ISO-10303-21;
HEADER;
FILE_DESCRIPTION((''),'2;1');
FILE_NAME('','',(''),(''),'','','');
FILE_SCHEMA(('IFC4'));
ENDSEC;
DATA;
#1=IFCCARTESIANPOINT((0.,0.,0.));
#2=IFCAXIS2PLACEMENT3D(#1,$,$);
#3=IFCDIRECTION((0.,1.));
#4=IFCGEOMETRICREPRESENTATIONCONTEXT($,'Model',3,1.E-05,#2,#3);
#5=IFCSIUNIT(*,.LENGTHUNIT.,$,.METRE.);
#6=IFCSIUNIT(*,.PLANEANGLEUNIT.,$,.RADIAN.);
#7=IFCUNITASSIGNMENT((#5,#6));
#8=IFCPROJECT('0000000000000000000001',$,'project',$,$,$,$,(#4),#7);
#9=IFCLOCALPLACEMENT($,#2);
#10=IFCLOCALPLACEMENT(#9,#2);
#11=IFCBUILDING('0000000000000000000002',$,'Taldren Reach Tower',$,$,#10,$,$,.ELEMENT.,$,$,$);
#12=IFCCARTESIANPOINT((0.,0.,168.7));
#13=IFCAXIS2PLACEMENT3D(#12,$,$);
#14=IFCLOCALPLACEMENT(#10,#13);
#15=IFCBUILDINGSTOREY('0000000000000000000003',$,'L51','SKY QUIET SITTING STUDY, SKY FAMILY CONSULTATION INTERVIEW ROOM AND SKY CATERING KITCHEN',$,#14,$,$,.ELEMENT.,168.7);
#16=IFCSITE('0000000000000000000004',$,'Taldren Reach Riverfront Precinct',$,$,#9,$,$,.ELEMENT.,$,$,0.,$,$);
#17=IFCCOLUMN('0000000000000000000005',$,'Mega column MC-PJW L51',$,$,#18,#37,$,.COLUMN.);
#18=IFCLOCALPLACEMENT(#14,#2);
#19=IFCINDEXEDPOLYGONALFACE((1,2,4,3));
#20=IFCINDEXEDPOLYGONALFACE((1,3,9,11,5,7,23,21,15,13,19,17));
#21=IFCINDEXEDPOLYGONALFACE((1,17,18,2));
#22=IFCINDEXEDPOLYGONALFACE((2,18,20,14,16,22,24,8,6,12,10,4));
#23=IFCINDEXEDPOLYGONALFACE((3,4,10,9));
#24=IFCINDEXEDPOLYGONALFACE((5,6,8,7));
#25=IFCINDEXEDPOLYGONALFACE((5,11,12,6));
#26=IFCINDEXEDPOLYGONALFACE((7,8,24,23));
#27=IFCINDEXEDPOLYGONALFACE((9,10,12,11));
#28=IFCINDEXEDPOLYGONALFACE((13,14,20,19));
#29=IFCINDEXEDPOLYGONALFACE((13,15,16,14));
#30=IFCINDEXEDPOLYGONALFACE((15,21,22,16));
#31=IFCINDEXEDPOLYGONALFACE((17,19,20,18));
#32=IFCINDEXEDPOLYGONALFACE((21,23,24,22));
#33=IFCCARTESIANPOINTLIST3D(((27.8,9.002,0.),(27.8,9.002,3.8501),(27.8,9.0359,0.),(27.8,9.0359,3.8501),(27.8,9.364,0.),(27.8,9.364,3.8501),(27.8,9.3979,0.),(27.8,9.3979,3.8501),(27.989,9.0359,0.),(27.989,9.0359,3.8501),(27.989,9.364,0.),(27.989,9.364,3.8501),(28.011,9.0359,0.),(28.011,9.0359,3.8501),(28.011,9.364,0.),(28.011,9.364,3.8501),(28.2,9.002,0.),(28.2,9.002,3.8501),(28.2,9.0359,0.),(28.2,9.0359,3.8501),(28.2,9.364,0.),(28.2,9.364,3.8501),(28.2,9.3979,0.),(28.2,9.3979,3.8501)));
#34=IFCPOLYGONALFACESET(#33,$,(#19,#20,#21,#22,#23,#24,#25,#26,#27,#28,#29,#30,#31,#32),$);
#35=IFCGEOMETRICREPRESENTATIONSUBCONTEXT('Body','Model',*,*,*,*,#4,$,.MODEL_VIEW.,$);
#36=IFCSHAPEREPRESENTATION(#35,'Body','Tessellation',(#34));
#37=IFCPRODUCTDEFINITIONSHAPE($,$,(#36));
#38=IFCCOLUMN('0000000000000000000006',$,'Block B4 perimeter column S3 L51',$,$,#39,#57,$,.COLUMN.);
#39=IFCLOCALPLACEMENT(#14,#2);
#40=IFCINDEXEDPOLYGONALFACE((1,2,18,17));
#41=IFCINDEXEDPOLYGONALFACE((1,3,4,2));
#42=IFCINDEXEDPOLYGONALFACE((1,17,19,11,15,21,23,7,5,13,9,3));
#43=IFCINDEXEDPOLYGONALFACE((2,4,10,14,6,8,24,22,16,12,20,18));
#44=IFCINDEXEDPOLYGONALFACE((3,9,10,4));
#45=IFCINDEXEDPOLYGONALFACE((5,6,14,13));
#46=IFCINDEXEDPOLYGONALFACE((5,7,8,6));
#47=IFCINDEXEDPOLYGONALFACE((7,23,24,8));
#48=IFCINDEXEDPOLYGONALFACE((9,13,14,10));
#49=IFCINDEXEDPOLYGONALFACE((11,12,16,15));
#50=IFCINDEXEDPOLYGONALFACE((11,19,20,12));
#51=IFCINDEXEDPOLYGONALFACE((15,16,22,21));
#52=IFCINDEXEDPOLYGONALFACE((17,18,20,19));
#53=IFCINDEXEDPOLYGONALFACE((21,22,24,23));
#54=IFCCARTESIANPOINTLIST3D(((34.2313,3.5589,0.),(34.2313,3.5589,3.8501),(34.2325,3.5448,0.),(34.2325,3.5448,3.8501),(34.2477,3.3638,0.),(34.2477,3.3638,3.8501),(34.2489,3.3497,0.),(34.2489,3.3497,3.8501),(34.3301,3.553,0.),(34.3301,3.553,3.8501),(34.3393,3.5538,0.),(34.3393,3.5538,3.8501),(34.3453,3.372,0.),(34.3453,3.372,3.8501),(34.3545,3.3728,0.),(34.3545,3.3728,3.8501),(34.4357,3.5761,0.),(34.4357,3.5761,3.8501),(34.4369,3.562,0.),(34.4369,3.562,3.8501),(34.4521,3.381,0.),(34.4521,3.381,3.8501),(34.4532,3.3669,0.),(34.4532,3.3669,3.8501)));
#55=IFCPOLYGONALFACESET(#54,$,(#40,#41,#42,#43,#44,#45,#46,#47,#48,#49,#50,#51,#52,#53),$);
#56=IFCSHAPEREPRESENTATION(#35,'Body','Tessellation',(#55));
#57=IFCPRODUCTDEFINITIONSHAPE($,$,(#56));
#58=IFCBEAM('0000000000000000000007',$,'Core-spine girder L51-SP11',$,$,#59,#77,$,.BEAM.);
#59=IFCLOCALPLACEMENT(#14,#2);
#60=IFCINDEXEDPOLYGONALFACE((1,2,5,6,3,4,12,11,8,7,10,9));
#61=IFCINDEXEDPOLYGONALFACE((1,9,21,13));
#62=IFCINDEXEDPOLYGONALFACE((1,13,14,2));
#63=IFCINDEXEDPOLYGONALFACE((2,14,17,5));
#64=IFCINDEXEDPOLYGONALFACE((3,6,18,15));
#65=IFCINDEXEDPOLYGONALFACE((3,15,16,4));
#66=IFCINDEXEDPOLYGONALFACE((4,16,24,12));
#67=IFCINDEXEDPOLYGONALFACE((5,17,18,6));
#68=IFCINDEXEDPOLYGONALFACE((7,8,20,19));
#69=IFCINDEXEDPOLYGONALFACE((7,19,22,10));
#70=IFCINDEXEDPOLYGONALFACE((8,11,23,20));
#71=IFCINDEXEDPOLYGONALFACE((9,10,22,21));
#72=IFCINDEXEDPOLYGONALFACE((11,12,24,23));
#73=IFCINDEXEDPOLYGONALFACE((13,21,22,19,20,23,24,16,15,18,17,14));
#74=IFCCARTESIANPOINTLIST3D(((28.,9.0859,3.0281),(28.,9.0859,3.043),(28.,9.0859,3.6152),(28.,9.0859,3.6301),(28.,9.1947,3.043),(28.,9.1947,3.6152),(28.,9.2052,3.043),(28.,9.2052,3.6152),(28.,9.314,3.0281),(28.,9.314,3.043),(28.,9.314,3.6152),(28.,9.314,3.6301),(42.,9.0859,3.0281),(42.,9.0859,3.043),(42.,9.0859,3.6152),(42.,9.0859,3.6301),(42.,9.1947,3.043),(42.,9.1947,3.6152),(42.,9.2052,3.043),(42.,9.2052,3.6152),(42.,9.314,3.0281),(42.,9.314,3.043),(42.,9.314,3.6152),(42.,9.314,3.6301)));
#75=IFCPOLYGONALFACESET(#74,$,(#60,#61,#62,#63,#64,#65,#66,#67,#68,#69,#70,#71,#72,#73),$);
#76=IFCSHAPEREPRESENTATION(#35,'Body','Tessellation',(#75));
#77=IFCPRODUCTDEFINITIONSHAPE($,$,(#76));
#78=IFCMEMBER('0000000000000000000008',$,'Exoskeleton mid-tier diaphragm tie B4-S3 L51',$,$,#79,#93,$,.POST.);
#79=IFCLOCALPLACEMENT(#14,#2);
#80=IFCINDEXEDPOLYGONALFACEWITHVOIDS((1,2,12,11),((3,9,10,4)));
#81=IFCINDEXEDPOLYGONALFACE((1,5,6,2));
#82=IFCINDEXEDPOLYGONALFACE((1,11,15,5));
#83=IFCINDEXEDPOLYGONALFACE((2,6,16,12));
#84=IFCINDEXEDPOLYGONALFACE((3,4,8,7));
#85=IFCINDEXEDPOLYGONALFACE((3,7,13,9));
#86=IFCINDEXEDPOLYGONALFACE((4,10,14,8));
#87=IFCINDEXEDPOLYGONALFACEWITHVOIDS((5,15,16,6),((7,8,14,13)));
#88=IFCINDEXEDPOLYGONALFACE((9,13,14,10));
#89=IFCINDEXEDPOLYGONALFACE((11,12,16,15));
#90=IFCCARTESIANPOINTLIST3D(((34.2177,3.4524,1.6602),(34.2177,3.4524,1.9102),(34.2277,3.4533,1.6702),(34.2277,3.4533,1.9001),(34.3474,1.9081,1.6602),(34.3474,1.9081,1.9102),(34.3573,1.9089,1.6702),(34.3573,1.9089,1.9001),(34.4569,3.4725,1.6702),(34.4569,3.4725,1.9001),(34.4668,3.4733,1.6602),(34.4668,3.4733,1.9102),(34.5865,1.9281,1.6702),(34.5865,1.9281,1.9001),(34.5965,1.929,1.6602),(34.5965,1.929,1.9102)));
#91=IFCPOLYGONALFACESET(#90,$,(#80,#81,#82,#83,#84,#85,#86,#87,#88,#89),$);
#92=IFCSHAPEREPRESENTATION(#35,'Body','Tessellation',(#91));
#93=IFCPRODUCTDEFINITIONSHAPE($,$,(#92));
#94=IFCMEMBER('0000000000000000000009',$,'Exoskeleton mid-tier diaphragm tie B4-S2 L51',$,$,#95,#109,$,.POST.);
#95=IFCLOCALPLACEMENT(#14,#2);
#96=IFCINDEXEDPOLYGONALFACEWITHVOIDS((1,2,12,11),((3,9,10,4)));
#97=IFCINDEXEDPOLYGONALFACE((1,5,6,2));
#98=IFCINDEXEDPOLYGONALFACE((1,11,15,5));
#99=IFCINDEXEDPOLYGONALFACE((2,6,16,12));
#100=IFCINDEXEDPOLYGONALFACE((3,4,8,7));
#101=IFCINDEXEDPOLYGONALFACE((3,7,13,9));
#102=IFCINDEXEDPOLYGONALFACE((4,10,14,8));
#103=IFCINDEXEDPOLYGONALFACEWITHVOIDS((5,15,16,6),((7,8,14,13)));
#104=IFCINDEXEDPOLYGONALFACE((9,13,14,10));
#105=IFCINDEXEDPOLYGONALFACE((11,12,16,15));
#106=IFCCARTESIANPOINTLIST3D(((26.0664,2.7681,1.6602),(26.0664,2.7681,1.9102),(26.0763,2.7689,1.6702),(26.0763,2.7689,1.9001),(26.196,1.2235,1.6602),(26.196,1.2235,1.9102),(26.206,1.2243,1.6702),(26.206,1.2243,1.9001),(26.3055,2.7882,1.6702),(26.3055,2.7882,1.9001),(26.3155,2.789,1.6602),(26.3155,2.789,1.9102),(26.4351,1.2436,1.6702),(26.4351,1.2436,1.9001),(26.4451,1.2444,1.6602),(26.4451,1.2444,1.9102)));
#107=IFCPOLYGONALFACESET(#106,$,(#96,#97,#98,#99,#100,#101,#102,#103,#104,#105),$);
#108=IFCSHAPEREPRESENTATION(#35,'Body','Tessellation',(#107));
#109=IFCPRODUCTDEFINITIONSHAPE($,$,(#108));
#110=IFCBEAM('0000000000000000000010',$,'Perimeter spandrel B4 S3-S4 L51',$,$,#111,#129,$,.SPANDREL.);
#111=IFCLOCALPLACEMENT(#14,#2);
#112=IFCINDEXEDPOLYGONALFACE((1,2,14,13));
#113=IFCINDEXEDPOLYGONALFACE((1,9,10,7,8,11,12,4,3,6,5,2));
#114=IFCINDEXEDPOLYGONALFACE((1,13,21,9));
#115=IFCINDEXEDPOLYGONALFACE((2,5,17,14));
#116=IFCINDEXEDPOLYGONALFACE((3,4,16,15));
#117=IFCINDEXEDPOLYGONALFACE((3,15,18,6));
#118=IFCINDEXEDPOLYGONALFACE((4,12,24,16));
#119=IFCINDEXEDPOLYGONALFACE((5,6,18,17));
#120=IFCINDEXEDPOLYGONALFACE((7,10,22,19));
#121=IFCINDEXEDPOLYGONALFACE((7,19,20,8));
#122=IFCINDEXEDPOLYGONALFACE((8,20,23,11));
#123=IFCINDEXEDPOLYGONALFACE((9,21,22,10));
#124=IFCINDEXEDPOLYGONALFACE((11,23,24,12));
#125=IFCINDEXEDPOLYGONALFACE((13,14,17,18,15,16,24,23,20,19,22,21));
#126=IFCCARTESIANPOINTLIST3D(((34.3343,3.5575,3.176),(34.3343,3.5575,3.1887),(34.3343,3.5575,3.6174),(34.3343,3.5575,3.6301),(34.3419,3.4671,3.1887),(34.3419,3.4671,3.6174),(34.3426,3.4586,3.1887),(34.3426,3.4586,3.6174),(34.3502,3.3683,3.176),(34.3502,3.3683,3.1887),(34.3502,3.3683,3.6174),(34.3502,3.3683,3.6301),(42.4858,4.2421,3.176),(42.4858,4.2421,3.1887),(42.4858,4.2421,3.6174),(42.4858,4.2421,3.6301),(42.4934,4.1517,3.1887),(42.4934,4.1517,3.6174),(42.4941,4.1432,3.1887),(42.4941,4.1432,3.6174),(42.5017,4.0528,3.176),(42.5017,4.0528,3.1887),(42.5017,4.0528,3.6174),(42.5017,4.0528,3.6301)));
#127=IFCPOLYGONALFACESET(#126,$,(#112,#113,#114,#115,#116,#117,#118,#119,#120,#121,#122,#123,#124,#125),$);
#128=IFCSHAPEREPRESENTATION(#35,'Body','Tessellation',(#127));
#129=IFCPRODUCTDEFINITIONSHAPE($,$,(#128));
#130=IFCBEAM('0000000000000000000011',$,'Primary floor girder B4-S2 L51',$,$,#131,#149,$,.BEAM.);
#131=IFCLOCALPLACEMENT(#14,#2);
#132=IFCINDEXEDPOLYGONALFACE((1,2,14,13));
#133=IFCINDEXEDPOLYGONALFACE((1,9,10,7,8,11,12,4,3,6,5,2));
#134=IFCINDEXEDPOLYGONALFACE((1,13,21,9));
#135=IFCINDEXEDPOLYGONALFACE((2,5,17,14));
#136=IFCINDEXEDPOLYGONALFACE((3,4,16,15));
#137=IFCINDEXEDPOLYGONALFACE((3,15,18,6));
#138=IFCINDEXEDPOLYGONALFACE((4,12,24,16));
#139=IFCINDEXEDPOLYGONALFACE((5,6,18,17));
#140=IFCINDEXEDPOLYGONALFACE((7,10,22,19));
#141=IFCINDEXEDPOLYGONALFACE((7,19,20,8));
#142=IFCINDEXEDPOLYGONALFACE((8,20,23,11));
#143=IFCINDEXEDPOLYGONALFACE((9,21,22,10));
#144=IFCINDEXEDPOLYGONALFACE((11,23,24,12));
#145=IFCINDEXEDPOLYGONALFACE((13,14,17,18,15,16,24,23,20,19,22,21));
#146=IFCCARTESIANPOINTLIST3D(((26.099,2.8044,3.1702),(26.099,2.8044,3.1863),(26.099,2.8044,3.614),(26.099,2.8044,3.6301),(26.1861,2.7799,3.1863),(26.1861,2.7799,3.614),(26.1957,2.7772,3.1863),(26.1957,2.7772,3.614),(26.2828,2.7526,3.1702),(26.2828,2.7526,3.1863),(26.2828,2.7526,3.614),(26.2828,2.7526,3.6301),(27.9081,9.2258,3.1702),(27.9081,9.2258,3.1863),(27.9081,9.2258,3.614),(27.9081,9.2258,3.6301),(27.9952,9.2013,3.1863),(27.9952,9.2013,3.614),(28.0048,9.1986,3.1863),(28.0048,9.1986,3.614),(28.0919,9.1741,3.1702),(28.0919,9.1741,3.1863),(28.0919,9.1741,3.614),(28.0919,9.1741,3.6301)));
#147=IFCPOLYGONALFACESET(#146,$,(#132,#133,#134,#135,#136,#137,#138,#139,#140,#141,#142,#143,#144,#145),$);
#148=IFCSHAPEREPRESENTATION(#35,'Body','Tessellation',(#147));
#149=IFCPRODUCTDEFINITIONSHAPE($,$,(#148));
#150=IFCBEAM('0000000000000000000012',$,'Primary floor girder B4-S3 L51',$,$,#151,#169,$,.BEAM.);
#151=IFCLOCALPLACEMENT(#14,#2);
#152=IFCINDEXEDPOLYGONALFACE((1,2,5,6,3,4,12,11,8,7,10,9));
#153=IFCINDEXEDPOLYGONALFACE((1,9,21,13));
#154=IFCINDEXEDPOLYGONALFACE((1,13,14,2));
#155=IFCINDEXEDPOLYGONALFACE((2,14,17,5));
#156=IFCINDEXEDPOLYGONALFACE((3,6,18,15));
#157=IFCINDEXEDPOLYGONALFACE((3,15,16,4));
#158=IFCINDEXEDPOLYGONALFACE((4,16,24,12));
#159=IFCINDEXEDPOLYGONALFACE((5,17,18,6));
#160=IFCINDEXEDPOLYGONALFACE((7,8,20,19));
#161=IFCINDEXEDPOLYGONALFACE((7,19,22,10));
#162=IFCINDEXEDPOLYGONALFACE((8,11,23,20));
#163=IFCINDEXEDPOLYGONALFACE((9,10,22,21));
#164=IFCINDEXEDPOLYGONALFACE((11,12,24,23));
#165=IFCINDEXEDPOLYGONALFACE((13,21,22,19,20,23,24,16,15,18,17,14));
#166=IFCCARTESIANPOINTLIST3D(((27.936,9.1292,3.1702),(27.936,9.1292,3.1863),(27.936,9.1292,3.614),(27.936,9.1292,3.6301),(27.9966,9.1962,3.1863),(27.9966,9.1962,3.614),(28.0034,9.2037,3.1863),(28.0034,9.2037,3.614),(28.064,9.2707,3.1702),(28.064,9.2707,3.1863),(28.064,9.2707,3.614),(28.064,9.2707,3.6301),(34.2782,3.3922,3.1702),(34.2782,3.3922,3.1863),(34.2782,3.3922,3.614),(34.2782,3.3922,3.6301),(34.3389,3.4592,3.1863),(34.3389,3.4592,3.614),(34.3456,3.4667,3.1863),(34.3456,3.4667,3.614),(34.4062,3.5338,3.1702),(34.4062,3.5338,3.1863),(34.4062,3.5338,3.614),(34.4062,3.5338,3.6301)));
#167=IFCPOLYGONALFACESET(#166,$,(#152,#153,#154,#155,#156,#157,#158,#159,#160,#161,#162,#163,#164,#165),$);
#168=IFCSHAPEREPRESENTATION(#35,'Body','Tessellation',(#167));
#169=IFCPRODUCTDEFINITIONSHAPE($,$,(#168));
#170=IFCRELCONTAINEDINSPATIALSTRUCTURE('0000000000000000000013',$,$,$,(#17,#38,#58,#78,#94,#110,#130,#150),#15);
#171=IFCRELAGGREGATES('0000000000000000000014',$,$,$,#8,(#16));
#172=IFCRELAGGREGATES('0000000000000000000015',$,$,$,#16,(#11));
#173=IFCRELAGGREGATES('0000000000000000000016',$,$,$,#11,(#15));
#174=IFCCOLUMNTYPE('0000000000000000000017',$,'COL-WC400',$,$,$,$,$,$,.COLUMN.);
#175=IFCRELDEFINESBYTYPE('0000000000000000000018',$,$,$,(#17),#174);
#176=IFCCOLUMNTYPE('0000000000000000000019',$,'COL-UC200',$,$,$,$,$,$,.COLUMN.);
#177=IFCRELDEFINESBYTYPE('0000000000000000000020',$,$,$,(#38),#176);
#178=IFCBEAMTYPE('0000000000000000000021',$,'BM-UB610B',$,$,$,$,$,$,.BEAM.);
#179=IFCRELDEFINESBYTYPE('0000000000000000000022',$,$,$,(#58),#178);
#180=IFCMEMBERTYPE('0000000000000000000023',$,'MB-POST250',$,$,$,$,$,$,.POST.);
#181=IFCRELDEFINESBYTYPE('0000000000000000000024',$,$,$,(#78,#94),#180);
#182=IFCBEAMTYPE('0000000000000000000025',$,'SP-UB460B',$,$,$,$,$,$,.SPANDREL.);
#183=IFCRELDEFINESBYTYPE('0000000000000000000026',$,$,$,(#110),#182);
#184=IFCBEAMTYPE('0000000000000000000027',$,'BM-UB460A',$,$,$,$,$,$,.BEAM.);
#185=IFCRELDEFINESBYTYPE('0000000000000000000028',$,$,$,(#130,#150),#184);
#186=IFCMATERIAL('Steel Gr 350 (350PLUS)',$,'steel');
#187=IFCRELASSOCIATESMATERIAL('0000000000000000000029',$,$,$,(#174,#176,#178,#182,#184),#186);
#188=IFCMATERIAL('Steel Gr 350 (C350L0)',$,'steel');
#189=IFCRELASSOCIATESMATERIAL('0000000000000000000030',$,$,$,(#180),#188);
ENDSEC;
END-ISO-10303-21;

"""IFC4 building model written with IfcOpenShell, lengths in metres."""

from ifc_helpers import new_model, si_unit, direction, frame, origin, origin_2d, place, context, subcontext, project, spatial, hollow_rectangle, i_section, extrude, source, transform, mapped, material, material_profile, profile_set, type_object, element, save


model = new_model("IFC4")

# Units and contexts
model_context = context("Model", 3, precision=1e-05, world=origin(), true_north=direction((0.0, 1.0)))
body_context = subcontext(model_context, "Body", "Model", "MODEL_VIEW")
ifc_project = project(units=[si_unit("LENGTHUNIT", "METRE"), si_unit("PLANEANGLEUNIT", "RADIAN")], contexts=[model_context])

# Site, building, storey
site_placement = place(None, origin())
site = spatial("IfcSite", under=ifc_project, at=site_placement, Name="Taldren Reach Riverfront Precinct", CompositionType="ELEMENT", RefElevation=0.0)
building_placement = place(site_placement, origin())
building = spatial("IfcBuilding", under=site, at=building_placement, Name="Taldren Reach Tower", CompositionType="ELEMENT")
storey_placement = place(building_placement, frame((0.0, 0.0, 168.7)))
storey = spatial("IfcBuildingStorey", under=building, at=storey_placement, Name="L51", Description="SKY QUIET SITTING STUDY, SKY FAMILY CONSULTATION INTERVIEW ROOM AND SKY CATERING KITCHEN", CompositionType="ELEMENT", Elevation=168.7)

# Columns
ifc_material_1 = material(Name="Steel Gr 350 (350PLUS)", Category="steel")
ifc_material_profile_1 = material_profile(ifc_material_1, i_section(OverallWidth=0.3999, OverallDepth=0.396, WebThickness=0.022, FlangeThickness=0.0339, at=origin_2d()), Name="400WC270")
ifc_profile_set_1 = profile_set([ifc_material_profile_1], Name="Steel Gr 350 (350PLUS)")
column_type_1 = type_object("IfcColumnType", Name="COL-WC400", PredefinedType="COLUMN", material=ifc_profile_set_1)
shared_shape_1 = source(origin(), body_context, "Body", "SweptSolid", [
    extrude(i_section(OverallWidth=0.3999, OverallDepth=0.396, WebThickness=0.022, FlangeThickness=0.0339, at=origin_2d()), origin(), (0.0, 0.0, 1.0), 3.8501),
])
column_1_placement = place(storey_placement, frame((28.0, 9.2, 0.0), z_axis=(0.0, 0.0, 1.0), x_axis=(1.0, 0.0, 0.0)))
element("IfcColumn", 1, at=column_1_placement, inside=storey, type_object=column_type_1, Name="Mega column MC-PJW L51", PredefinedType="COLUMN", context=body_context, shape_type="MappedRepresentation", body=[
    mapped(shared_shape_1, transform((0.0, 0.0, 0.0), scale=1.0)),
])
ifc_material_profile_2 = material_profile(ifc_material_1, i_section(OverallWidth=0.2051, OverallDepth=0.21, WebThickness=0.0093, FlangeThickness=0.0142, at=origin_2d()), Name="200UC59.5")
ifc_profile_set_2 = profile_set([ifc_material_profile_2], Name="Steel Gr 350 (350PLUS)")
column_type_2 = type_object("IfcColumnType", Name="COL-UC200", PredefinedType="COLUMN", material=ifc_profile_set_2)
shared_shape_2 = source(origin(), body_context, "Body", "SweptSolid", [
    extrude(i_section(OverallWidth=0.2051, OverallDepth=0.21, WebThickness=0.0093, FlangeThickness=0.0142, at=origin_2d()), origin(), (0.0, 0.0, 1.0), 3.8501),
])
column_2_placement = place(storey_placement, frame((34.3423, 3.4629, 0.0), z_axis=(0.0, 0.0, 1.0), x_axis=(0.996493, 0.083678, 0.0)))
element("IfcColumn", 2, at=column_2_placement, inside=storey, type_object=column_type_2, Name="Block B4 perimeter column S3 L51", PredefinedType="COLUMN", context=body_context, shape_type="MappedRepresentation", body=[
    mapped(shared_shape_2, transform((0.0, 0.0, 0.0), scale=1.0)),
])

# Beam
ifc_material_profile_3 = material_profile(ifc_material_1, i_section(OverallWidth=0.228, OverallDepth=0.6021, WebThickness=0.0105, FlangeThickness=0.0149, at=origin_2d()), Name="610UB101")
ifc_profile_set_3 = profile_set([ifc_material_profile_3], Name="Steel Gr 350 (350PLUS)")
beam_type_1 = type_object("IfcBeamType", Name="BM-UB610B", PredefinedType="BEAM", material=ifc_profile_set_3)
shared_shape_3 = source(origin(), body_context, "Body", "SweptSolid", [
    extrude(i_section(OverallWidth=0.228, OverallDepth=0.6021, WebThickness=0.0105, FlangeThickness=0.0149, at=origin_2d()), origin(), (0.0, 0.0, 1.0), 14.0),
])
beam_1_placement = place(storey_placement, frame((28.0, 9.2, 3.3291), z_axis=(1.0, 0.0, 0.0), x_axis=(0.0, 1.0, 0.0)))
element("IfcBeam", 3, at=beam_1_placement, inside=storey, type_object=beam_type_1, Name="Core-spine girder L51-SP11", PredefinedType="BEAM", context=body_context, shape_type="MappedRepresentation", body=[
    mapped(shared_shape_3, transform((0.0, 0.0, 0.0), scale=1.0)),
])

# Members
ifc_material_2 = material(Name="Steel Gr 350 (C350L0)", Category="steel")
ifc_material_profile_4 = material_profile(ifc_material_2, hollow_rectangle(XDim=0.25, YDim=0.25, WallThickness=0.01, at=origin_2d()), Name="250x250x10.0SHS")
ifc_profile_set_4 = profile_set([ifc_material_profile_4], Name="Steel Gr 350 (C350L0)")
member_type_1 = type_object("IfcMemberType", Name="MB-POST250", PredefinedType="POST", material=ifc_profile_set_4)
shared_shape_4 = source(origin(), body_context, "Body", "SweptSolid", [
    extrude(hollow_rectangle(XDim=0.25, YDim=0.25, WallThickness=0.01, at=origin_2d()), origin(), (0.0, 0.0, 1.0), 1.5498),
])
member_1_placement = place(storey_placement, frame((34.3423, 3.4629, 1.7852), z_axis=(0.083645, -0.996496, 0.0), x_axis=(0.996496, 0.083645, 0.0)))
element("IfcMember", 4, at=member_1_placement, inside=storey, type_object=member_type_1, Name="Exoskeleton mid-tier diaphragm tie B4-S3 L51", PredefinedType="POST", context=body_context, shape_type="MappedRepresentation", body=[
    mapped(shared_shape_4, transform((0.0, 0.0, 0.0), scale=1.0)),
])
shared_shape_5 = source(origin(), body_context, "Body", "SweptSolid", [
    extrude(hollow_rectangle(XDim=0.25, YDim=0.25, WallThickness=0.01, at=origin_2d()), origin(), (0.0, 0.0, 1.0), 1.55),
])
member_2_placement = place(storey_placement, frame((26.1909, 2.7786, 1.7852), z_axis=(0.083632, -0.996497, 0.0), x_axis=(0.996497, 0.083632, 0.0)))
element("IfcMember", 5, at=member_2_placement, inside=storey, type_object=member_type_1, Name="Exoskeleton mid-tier diaphragm tie B4-S2 L51", PredefinedType="POST", context=body_context, shape_type="MappedRepresentation", body=[
    mapped(shared_shape_5, transform((0.0, 0.0, 0.0), scale=1.0)),
])

# Beams
ifc_material_profile_5 = material_profile(ifc_material_1, i_section(OverallWidth=0.1899, OverallDepth=0.4541, WebThickness=0.0085, FlangeThickness=0.0127, at=origin_2d()), Name="460UB67.1")
ifc_profile_set_5 = profile_set([ifc_material_profile_5], Name="Steel Gr 350 (350PLUS)")
beam_type_2 = type_object("IfcBeamType", Name="SP-UB460B", PredefinedType="SPANDREL", material=ifc_profile_set_5)
shared_shape_6 = source(origin(), body_context, "Body", "SweptSolid", [
    extrude(i_section(OverallWidth=0.1899, OverallDepth=0.4541, WebThickness=0.0085, FlangeThickness=0.0127, at=origin_2d()), origin(), (0.0, 0.0, 1.0), 8.1802),
])
beam_2_placement = place(storey_placement, frame((34.3423, 3.4629, 3.4031), z_axis=(0.996492, 0.083688, 0.0), x_axis=(-0.083688, 0.996492, 0.0)))
element("IfcBeam", 6, at=beam_2_placement, inside=storey, type_object=beam_type_2, Name="Perimeter spandrel B4 S3-S4 L51", PredefinedType="SPANDREL", context=body_context, shape_type="MappedRepresentation", body=[
    mapped(shared_shape_6, transform((0.0, 0.0, 0.0), scale=1.0)),
])
ifc_material_profile_6 = material_profile(ifc_material_1, i_section(OverallWidth=0.1909, OverallDepth=0.46, WebThickness=0.01, FlangeThickness=0.0161, at=origin_2d()), Name="460UB82.1")
ifc_profile_set_6 = profile_set([ifc_material_profile_6], Name="Steel Gr 350 (350PLUS)")
beam_type_3 = type_object("IfcBeamType", Name="BM-UB460A", PredefinedType="BEAM", material=ifc_profile_set_6)
shared_shape_7 = source(origin(), body_context, "Body", "SweptSolid", [
    extrude(i_section(OverallWidth=0.1909, OverallDepth=0.46, WebThickness=0.01, FlangeThickness=0.0161, at=origin_2d()), origin(), (0.0, 0.0, 1.0), 6.6714),
])
beam_3_placement = place(storey_placement, frame((28.0, 9.2, 3.4001), z_axis=(-0.271172, -0.962531, 0.0), x_axis=(0.962531, -0.271172, 0.0)))
element("IfcBeam", 7, at=beam_3_placement, inside=storey, type_object=beam_type_3, Name="Primary floor girder B4-S2 L51", PredefinedType="BEAM", context=body_context, shape_type="MappedRepresentation", body=[
    mapped(shared_shape_7, transform((0.0, 0.0, 0.0), scale=1.0)),
])
shared_shape_8 = source(origin(), body_context, "Body", "SweptSolid", [
    extrude(i_section(OverallWidth=0.1909, OverallDepth=0.46, WebThickness=0.01, FlangeThickness=0.0161, at=origin_2d()), origin(), (0.0, 0.0, 1.0), 8.552),
])
beam_4_placement = place(storey_placement, frame((28.0, 9.2, 3.4001), z_axis=(0.741605, -0.670836, 0.0), x_axis=(0.670836, 0.741605, 0.0)))
element("IfcBeam", 8, at=beam_4_placement, inside=storey, type_object=beam_type_3, Name="Primary floor girder B4-S3 L51", PredefinedType="BEAM", context=body_context, shape_type="MappedRepresentation", body=[
    mapped(shared_shape_8, transform((0.0, 0.0, 0.0), scale=1.0)),
])

save(model, "model.ifc")
